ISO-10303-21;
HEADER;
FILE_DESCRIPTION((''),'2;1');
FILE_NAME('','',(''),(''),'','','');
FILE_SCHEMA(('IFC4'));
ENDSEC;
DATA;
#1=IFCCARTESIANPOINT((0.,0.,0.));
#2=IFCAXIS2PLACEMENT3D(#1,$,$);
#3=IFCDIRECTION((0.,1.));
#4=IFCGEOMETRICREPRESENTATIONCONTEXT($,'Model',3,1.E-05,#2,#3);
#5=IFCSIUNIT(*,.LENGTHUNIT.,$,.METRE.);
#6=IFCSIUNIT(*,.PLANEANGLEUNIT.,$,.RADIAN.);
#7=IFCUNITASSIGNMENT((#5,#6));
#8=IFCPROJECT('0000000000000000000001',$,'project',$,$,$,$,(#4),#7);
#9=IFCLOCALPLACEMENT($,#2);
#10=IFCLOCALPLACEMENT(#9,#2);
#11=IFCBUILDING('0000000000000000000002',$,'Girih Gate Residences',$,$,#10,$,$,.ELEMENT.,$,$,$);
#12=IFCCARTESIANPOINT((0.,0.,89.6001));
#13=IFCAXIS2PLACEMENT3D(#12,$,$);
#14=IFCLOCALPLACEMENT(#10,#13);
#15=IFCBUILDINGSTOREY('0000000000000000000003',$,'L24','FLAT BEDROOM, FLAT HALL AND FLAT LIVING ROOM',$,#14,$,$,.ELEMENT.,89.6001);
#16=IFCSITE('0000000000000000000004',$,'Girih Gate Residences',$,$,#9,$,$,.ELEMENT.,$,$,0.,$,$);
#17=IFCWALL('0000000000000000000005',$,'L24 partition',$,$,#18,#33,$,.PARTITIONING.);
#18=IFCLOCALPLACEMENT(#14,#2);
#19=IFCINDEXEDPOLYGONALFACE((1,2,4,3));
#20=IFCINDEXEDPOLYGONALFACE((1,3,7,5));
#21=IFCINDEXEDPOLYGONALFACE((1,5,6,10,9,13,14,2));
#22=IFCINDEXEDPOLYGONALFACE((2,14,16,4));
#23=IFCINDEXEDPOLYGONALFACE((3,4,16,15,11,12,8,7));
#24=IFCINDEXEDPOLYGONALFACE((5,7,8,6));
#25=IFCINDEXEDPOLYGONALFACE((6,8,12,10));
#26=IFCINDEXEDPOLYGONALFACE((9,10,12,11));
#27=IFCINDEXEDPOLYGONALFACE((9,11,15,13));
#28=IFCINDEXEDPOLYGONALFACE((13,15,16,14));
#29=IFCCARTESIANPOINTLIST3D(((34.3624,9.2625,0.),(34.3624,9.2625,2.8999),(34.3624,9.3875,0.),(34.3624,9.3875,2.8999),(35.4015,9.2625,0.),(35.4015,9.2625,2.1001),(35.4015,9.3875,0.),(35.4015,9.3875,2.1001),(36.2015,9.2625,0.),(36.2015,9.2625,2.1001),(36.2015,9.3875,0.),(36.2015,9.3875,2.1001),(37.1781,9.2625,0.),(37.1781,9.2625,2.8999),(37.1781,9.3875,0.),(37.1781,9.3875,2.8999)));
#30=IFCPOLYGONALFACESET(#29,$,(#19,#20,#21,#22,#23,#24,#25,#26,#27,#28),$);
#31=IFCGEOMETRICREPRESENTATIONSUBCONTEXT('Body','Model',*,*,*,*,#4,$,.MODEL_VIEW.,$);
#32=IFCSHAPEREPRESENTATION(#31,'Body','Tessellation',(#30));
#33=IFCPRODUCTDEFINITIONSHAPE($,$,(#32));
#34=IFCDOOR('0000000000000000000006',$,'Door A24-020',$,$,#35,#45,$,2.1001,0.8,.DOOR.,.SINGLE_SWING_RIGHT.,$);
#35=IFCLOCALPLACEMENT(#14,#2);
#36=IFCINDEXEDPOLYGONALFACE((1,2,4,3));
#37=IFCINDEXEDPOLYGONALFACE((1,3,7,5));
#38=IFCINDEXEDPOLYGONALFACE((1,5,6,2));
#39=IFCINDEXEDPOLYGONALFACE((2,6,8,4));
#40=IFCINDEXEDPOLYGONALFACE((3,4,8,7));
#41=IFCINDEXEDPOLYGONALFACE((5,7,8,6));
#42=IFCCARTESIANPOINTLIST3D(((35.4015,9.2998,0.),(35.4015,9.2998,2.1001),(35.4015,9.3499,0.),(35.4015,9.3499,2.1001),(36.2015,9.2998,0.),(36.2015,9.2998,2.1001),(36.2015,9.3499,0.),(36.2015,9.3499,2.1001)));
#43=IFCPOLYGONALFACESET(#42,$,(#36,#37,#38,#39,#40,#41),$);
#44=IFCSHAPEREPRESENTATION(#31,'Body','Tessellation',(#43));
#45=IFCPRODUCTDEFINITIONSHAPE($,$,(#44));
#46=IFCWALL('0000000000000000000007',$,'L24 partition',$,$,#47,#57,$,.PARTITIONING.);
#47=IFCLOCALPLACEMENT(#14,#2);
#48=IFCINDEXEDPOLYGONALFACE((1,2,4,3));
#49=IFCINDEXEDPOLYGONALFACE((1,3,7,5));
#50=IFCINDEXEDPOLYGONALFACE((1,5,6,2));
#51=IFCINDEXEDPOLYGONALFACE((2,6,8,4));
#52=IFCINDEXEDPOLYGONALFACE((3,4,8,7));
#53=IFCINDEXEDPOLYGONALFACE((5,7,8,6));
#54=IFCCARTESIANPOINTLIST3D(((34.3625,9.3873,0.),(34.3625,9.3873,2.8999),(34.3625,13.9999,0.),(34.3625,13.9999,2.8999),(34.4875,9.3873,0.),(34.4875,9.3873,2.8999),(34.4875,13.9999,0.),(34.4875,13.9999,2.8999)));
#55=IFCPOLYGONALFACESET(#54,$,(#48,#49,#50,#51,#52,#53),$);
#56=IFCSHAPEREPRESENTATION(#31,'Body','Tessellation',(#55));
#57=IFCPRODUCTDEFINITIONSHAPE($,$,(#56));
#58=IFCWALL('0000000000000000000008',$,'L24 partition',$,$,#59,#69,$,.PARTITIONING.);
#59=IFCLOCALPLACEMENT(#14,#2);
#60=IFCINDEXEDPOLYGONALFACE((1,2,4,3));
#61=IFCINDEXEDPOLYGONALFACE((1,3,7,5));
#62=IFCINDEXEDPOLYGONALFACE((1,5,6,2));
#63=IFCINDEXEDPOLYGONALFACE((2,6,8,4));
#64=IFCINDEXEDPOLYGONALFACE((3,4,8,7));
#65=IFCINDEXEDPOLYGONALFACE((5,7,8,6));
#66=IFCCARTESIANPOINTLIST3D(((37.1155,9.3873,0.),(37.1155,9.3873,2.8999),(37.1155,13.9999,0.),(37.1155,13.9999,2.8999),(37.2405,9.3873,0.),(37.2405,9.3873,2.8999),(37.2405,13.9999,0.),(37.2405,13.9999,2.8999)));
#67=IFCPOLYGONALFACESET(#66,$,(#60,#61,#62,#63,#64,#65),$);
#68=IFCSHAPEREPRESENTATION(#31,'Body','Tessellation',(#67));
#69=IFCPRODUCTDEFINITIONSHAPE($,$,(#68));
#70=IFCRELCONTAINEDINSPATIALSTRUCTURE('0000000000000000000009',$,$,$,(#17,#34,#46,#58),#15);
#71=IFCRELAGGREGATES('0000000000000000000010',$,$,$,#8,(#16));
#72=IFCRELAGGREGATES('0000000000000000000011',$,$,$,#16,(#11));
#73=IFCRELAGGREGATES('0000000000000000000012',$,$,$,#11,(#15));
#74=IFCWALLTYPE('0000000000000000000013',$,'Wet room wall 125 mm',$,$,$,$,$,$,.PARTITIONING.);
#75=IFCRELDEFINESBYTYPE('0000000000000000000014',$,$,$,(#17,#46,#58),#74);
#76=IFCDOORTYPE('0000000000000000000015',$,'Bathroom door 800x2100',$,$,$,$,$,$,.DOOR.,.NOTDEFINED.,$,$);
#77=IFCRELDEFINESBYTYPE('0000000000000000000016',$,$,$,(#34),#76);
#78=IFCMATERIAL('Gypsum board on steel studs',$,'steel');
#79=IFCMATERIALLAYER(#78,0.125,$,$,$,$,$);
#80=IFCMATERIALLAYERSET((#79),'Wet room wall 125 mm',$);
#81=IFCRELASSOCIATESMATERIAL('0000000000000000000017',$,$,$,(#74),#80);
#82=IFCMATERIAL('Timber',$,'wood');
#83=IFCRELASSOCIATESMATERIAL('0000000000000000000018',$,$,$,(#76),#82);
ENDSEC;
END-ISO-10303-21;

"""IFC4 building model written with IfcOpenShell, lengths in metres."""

from ifc_helpers import new_model, si_unit, direction, frame, frame_2d, origin, place, context, subcontext, project, spatial, rectangle, extrude, material, layer, layer_set, type_object, element, fill, save


model = new_model("IFC4")

# Units and contexts
model_context = context("Model", 3, precision=1e-05, world=origin(), true_north=direction((0.0, 1.0)))
body_context = subcontext(model_context, "Body", "Model", "MODEL_VIEW")
ifc_project = project(units=[si_unit("LENGTHUNIT", "METRE"), si_unit("PLANEANGLEUNIT", "RADIAN")], contexts=[model_context])

# Site, building, storey
site_placement = place(None, origin())
site = spatial("IfcSite", under=ifc_project, at=site_placement, Name="Girih Gate Residences", CompositionType="ELEMENT", RefElevation=0.0)
building_placement = place(site_placement, origin())
building = spatial("IfcBuilding", under=site, at=building_placement, Name="Girih Gate Residences", CompositionType="ELEMENT")
storey_placement = place(building_placement, frame((0.0, 0.0, 89.6001)))
storey = spatial("IfcBuildingStorey", under=building, at=storey_placement, Name="L24", Description="FLAT BEDROOM, FLAT HALL AND FLAT LIVING ROOM", CompositionType="ELEMENT", Elevation=89.6001)

# Shared definitions
ifc_material_1 = material(Name="Gypsum board on steel studs", Category="steel")

# Shared definitions
ifc_material_2 = material(Name="Timber", Category="wood")

# Wall, opening, door
ifc_layer_1 = layer(ifc_material_1, 0.125)
ifc_layer_set_1 = layer_set([ifc_layer_1], Name="Wet room wall 125 mm")
wall_type_1 = type_object("IfcWallType", Name="Wet room wall 125 mm", PredefinedType="PARTITIONING", material=ifc_layer_set_1)
wall_1_placement = place(storey_placement, frame((34.3625, 9.325, 0.0), z_axis=(0.0, 0.0, 1.0), x_axis=(1.0, 0.0, 0.0)))
wall_1 = element("IfcWall", 1, at=wall_1_placement, inside=storey, type_object=wall_type_1, Name="L24 partition", PredefinedType="PARTITIONING", context=body_context, shape_type="SweptSolid", body=[
    extrude(rectangle(XDim=2.8157, YDim=0.125, at=frame_2d((1.4077, 0.0))), origin(), (0.0, 0.0, 1.0), 2.8999),
])
opening_1_placement = place(wall_1_placement, frame((1.0391, 0.0, 0.0)))
opening_1 = element("IfcOpeningElement", 2, at=opening_1_placement, cuts=wall_1, PredefinedType="OPENING", context=body_context, shape_type="SweptSolid", body=[
    extrude(rectangle(XDim=0.8, YDim=2.1001, at=frame_2d((0.3999, 1.05))), frame((0.0, 0.0725, 0.0), z_axis=(0.0, -1.0, 0.0), x_axis=(1.0, 0.0, 0.0)), (0.0, 0.0, 1.0), 0.145),
])
door_type_1 = type_object("IfcDoorType", Name="Bathroom door 800x2100", OperationType="NOTDEFINED", PredefinedType="DOOR", material=ifc_material_2)
door_1_placement = place(opening_1_placement, origin())
door_1 = element("IfcDoor", 3, at=door_1_placement, inside=storey, type_object=door_type_1, Name="Door A24-020", OperationType="SINGLE_SWING_RIGHT", OverallHeight=2.1001, OverallWidth=0.8, PredefinedType="DOOR", context=body_context, shape_type="SweptSolid", body=[
    extrude(rectangle(XDim=0.8, YDim=2.1001, at=frame_2d((0.3999, 1.05))), frame((0.0, 0.0249, 0.0), z_axis=(0.0, -1.0, 0.0), x_axis=(1.0, 0.0, 0.0)), (0.0, 0.0, 1.0), 0.05),
])
fill(opening_1, door_1)

# Walls
for number, where, z_axis, x_axis, name in (
    (4, (34.425, 9.3875, 0.0), (0.0, 0.0, 1.0), (0.0, 1.0, 0.0), "L24 partition"),
    (5, (37.178, 9.3875, 0.0), (0.0, 0.0, 1.0), (0.0, 1.0, 0.0), "L24 partition"),
):
    element("IfcWall", number, at=place(storey_placement, frame(where, z_axis=z_axis, x_axis=x_axis)), inside=storey, type_object=wall_type_1, Name=name, PredefinedType="PARTITIONING", context=body_context, shape_type="SweptSolid", body=[
        extrude(rectangle(XDim=4.6125, YDim=0.125, at=frame_2d((2.3062, 0.0))), origin(), (0.0, 0.0, 1.0), 2.8999),
    ])

save(model, "model.ifc")
